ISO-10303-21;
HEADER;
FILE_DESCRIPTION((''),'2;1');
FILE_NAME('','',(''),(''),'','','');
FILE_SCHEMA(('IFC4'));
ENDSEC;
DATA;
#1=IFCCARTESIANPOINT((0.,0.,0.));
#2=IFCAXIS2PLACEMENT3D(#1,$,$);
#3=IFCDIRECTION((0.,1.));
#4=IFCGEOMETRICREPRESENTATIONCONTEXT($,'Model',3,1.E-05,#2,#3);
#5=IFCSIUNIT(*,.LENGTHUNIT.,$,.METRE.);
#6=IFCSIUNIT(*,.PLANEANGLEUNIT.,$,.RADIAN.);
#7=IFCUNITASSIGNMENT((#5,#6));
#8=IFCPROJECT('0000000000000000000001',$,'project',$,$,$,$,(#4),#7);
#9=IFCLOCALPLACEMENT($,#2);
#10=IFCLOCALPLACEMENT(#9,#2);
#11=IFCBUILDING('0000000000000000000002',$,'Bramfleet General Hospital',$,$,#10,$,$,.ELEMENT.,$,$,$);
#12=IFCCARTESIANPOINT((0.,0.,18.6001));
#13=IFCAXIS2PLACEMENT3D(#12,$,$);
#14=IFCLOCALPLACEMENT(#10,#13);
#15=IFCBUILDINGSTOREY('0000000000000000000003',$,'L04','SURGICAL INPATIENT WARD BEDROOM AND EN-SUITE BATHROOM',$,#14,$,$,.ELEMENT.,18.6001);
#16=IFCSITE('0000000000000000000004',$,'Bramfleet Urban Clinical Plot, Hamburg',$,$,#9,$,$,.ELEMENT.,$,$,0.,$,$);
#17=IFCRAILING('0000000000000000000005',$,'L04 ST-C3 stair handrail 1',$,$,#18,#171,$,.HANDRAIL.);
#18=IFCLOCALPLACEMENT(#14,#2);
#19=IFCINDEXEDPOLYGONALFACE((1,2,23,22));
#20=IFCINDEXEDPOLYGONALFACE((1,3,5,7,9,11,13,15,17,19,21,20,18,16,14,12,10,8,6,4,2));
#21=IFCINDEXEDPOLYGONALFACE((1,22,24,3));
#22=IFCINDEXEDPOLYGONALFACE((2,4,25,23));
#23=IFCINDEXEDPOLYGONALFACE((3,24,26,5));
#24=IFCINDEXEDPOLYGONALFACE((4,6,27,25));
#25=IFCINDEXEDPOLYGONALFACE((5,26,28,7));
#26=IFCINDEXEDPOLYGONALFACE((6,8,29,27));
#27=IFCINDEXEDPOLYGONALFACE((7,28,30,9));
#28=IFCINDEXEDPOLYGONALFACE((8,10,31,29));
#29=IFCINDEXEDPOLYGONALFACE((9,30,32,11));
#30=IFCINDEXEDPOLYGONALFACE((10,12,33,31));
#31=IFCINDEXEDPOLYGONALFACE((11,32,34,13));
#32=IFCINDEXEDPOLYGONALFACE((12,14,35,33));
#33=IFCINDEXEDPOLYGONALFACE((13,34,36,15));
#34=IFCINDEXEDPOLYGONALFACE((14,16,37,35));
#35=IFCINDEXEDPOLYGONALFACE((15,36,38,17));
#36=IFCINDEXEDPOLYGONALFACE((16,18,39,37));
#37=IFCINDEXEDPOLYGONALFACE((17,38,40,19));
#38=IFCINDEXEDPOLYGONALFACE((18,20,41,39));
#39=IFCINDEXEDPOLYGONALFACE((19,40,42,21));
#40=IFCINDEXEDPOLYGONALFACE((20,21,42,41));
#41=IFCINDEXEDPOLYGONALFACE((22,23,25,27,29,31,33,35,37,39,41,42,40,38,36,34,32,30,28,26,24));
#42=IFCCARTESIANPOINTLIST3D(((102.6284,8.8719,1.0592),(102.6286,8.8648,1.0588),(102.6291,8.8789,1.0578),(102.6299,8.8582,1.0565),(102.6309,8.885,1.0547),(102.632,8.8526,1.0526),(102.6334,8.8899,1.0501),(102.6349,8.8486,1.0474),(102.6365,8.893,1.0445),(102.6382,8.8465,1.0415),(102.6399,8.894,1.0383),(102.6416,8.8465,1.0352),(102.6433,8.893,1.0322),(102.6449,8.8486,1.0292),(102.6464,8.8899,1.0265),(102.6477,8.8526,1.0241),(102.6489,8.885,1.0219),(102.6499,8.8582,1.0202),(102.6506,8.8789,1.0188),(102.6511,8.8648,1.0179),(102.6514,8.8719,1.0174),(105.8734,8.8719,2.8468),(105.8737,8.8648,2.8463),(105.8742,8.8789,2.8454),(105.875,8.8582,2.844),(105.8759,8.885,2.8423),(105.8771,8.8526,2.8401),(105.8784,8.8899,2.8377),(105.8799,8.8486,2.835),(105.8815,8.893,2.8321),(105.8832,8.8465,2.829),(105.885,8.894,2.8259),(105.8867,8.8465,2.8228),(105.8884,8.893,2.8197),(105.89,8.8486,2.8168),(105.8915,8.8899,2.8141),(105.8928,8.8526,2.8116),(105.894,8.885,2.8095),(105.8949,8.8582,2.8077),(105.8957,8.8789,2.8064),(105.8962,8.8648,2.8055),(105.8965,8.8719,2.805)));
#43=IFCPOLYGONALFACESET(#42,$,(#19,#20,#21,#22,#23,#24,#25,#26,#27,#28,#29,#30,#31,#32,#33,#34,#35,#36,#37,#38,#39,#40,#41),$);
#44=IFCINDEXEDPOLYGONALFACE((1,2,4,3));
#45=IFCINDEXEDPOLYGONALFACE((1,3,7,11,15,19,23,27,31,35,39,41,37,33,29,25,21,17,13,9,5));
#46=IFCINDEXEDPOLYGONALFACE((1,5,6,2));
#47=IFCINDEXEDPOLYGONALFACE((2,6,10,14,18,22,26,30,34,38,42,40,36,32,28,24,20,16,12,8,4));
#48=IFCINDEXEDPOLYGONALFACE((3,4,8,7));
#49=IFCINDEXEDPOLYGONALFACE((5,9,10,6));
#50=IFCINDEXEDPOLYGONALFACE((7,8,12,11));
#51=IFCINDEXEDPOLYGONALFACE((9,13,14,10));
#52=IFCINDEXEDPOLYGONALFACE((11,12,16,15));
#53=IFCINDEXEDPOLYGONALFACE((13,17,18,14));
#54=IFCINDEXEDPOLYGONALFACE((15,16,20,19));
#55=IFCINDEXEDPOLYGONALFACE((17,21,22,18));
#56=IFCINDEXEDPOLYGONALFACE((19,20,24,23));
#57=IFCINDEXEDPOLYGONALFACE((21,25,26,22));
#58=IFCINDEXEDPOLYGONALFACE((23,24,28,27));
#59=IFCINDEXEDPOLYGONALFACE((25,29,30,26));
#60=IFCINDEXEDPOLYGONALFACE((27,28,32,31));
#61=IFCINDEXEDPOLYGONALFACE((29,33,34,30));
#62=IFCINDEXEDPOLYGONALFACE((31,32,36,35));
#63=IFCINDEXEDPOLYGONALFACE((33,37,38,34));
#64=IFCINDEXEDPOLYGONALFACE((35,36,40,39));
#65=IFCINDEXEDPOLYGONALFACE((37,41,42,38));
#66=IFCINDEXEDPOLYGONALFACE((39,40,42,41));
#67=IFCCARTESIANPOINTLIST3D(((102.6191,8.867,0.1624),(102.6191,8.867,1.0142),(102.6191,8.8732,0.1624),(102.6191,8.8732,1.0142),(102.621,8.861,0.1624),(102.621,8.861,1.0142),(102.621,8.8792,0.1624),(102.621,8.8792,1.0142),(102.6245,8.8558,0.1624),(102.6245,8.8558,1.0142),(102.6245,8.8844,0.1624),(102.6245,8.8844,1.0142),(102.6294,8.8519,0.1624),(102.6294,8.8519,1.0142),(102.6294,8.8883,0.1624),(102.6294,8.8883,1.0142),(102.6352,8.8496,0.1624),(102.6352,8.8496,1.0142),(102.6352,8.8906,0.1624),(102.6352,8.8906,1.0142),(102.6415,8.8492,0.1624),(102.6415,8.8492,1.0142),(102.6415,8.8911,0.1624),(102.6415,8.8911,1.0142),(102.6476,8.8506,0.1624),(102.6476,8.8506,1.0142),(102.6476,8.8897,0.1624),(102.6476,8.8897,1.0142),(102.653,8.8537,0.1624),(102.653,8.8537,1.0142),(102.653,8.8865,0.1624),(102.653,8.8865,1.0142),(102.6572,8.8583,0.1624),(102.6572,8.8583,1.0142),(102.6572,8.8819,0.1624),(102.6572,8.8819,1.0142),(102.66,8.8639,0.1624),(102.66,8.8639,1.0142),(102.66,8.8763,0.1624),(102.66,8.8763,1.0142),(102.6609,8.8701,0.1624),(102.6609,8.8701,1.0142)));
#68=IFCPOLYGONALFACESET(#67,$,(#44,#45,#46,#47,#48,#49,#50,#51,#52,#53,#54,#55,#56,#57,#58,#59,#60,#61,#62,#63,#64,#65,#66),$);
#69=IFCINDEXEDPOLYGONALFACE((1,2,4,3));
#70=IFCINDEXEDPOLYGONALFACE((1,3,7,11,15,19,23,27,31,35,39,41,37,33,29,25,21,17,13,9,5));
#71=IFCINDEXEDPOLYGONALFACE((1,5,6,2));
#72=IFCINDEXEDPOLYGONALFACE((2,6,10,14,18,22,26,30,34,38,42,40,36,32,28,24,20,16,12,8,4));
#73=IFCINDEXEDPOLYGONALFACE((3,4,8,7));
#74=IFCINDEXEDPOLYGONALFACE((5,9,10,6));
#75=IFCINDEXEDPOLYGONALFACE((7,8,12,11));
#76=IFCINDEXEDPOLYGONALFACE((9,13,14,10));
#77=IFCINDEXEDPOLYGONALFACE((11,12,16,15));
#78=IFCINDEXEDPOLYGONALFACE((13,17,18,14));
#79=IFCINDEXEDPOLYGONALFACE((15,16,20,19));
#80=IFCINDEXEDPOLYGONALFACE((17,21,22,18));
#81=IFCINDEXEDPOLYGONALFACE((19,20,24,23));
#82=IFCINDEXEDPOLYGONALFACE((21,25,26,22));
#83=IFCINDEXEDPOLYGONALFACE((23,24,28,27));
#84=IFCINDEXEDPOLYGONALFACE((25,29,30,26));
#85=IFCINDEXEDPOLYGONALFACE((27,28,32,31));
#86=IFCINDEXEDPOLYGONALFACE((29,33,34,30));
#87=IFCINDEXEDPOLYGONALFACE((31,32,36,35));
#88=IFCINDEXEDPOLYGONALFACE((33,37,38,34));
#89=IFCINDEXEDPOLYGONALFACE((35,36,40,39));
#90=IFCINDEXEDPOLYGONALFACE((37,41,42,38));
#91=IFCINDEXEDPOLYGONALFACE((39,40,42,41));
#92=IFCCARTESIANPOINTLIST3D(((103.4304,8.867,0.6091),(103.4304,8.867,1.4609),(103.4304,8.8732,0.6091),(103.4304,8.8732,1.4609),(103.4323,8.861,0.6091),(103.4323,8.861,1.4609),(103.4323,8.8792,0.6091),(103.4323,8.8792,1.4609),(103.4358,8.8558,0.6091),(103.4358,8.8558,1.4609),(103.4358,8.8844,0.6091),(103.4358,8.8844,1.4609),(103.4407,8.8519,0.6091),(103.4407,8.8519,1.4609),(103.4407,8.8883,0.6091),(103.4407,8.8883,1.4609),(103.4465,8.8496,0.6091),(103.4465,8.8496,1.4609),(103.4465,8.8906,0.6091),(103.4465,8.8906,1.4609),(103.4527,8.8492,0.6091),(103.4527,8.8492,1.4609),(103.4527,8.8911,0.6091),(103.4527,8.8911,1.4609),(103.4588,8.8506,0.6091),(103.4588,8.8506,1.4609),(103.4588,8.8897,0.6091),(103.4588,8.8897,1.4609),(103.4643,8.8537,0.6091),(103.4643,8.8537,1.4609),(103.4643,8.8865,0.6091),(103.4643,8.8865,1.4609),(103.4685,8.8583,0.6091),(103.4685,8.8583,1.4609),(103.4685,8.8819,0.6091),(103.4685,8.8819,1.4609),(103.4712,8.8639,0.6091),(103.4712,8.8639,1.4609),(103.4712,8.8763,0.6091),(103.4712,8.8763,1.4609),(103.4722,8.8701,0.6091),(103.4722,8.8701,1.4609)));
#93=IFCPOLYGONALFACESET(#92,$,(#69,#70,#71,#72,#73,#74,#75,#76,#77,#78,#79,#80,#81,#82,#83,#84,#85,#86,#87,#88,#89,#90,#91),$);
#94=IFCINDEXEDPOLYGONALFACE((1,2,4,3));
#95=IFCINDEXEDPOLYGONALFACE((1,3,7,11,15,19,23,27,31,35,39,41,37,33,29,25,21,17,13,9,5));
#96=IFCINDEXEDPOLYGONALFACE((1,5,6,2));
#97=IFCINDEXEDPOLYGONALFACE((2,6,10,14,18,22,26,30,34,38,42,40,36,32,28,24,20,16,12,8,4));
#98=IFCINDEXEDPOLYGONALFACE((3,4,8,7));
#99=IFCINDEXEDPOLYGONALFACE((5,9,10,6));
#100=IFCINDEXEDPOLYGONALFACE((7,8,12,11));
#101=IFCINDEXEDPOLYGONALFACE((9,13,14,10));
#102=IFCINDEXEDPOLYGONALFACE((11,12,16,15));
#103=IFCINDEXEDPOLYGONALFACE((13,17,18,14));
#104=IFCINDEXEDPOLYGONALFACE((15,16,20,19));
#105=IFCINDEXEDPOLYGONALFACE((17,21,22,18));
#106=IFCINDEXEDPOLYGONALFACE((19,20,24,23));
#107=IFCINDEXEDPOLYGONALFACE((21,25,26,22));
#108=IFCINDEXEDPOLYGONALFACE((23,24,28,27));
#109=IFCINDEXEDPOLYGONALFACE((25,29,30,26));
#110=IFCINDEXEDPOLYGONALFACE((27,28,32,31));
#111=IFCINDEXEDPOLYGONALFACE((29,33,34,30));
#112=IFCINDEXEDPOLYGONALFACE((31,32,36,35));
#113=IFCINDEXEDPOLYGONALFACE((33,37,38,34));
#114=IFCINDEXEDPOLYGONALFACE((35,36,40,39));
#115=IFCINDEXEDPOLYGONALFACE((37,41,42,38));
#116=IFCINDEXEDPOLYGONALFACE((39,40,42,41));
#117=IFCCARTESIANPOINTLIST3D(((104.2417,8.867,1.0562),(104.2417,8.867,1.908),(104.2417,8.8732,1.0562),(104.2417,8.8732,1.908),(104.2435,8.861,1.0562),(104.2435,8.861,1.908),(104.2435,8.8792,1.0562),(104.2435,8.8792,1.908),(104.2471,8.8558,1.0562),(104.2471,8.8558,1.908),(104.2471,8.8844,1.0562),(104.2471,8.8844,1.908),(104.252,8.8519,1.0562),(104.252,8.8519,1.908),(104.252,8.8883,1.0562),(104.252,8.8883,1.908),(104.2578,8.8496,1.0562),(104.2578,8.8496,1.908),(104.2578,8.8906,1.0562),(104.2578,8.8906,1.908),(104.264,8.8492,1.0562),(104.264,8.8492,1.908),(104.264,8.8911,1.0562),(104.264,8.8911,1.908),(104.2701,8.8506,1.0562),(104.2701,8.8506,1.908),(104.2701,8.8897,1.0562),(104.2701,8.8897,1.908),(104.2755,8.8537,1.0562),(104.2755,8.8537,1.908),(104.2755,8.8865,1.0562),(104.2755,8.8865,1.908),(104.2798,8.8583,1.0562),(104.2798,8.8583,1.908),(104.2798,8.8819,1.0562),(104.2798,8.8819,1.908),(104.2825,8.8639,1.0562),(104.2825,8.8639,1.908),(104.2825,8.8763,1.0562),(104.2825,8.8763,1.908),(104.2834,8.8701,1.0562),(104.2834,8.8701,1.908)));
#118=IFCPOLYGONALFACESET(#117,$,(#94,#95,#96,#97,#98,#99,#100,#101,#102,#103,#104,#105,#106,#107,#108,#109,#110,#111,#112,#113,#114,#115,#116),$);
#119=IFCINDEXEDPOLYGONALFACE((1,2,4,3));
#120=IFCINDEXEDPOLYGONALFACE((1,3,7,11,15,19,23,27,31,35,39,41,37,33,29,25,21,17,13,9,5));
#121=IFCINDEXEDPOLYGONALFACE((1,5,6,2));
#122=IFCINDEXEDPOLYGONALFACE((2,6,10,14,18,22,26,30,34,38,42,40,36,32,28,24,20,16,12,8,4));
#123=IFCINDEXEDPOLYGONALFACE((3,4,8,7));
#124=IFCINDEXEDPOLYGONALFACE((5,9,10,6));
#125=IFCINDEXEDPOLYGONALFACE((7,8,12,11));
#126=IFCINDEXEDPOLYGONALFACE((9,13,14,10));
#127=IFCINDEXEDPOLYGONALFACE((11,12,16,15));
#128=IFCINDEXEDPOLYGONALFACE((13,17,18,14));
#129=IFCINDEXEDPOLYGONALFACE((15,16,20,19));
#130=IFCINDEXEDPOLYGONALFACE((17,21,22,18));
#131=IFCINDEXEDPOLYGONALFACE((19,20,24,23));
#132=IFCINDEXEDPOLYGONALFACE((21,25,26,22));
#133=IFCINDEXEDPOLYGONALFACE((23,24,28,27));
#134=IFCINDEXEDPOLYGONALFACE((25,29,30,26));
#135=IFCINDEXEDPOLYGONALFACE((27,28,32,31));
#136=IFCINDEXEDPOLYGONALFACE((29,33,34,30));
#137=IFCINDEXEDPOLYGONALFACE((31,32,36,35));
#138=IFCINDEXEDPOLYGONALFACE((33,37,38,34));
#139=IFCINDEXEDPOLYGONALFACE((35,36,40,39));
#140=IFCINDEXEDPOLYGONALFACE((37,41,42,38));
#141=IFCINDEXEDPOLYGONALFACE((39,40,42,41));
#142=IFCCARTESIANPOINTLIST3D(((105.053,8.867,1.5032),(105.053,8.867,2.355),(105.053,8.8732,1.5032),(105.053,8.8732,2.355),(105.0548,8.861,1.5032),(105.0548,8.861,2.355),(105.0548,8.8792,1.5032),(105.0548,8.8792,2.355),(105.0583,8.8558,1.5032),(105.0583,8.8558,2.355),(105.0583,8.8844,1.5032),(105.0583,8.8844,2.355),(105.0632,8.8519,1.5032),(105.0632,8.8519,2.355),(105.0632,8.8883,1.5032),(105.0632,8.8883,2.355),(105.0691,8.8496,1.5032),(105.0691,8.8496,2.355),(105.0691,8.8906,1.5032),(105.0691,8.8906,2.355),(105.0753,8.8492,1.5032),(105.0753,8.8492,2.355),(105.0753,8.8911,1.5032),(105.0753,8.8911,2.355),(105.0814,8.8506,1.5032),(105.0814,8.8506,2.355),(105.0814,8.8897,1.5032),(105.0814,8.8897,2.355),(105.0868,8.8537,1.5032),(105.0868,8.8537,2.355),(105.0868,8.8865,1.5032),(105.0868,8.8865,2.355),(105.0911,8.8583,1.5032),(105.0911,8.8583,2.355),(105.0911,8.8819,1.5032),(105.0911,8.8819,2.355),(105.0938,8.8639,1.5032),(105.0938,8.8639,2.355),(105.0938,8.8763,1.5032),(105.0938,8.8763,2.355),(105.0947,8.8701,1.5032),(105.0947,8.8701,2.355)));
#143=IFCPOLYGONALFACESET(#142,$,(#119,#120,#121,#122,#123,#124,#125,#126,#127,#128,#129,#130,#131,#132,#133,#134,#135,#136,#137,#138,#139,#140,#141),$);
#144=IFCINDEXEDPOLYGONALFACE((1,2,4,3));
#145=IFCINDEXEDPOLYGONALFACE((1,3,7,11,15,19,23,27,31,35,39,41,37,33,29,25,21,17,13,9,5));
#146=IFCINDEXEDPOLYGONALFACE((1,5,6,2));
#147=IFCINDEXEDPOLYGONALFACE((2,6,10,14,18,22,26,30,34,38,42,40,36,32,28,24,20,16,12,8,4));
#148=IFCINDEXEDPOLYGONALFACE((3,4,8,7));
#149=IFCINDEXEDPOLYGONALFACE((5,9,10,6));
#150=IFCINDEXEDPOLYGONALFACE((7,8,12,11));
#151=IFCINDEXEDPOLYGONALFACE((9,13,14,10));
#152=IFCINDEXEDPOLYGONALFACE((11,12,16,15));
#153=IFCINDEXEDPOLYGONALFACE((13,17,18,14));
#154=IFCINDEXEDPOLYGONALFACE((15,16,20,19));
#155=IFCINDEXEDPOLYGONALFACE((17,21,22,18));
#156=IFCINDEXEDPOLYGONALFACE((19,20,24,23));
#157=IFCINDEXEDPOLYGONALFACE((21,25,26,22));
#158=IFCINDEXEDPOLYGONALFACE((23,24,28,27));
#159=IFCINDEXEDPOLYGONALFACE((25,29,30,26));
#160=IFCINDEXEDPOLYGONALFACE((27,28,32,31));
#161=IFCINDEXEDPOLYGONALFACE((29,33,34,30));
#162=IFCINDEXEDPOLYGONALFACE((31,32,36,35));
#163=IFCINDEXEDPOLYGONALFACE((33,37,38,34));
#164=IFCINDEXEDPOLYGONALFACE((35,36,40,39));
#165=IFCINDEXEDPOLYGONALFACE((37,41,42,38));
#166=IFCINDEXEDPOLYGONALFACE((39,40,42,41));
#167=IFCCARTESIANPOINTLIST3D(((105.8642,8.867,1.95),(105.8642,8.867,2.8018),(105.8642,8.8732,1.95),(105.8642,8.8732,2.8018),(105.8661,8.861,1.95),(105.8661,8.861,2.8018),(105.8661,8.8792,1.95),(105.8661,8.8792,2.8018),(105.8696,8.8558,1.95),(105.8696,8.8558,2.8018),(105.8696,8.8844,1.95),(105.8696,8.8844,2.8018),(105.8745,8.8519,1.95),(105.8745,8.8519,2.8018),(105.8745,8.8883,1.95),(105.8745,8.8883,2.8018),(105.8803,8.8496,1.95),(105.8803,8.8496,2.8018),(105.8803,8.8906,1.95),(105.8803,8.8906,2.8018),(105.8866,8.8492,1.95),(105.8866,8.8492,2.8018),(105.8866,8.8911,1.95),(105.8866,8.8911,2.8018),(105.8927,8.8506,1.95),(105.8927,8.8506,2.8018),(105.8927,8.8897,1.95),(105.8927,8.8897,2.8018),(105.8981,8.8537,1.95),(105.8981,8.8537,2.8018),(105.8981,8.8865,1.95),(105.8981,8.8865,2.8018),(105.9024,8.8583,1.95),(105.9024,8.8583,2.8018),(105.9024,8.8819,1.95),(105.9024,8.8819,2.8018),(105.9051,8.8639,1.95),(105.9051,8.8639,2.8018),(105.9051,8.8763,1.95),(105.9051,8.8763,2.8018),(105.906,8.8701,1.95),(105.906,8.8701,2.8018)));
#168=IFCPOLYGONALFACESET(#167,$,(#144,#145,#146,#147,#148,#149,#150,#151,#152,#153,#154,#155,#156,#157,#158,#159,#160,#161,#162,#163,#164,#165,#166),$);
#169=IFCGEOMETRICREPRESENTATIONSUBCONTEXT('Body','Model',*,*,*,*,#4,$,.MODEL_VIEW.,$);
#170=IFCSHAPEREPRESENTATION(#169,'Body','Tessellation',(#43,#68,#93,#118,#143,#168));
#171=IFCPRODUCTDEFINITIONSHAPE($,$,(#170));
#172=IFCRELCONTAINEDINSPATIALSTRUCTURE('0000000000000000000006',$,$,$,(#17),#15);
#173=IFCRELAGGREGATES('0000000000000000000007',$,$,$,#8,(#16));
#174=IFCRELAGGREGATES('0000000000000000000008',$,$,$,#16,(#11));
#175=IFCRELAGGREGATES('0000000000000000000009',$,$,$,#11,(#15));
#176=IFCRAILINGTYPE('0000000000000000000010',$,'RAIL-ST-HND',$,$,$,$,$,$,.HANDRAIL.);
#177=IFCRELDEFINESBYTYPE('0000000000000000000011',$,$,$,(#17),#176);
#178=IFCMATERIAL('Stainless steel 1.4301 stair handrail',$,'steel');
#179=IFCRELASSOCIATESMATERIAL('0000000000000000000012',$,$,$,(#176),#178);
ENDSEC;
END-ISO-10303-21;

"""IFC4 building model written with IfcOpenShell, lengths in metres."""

from ifc_helpers import new_model, si_unit, direction, frame, origin, origin_2d, place, context, subcontext, project, spatial, circle, extrude, material, type_object, element, save


model = new_model("IFC4")

# Units and contexts
model_context = context("Model", 3, precision=1e-05, world=origin(), true_north=direction((0.0, 1.0)))
body_context = subcontext(model_context, "Body", "Model", "MODEL_VIEW")
ifc_project = project(units=[si_unit("LENGTHUNIT", "METRE"), si_unit("PLANEANGLEUNIT", "RADIAN")], contexts=[model_context])

# Site, building, storey
site_placement = place(None, origin())
site = spatial("IfcSite", under=ifc_project, at=site_placement, Name="Bramfleet Urban Clinical Plot, Hamburg", CompositionType="ELEMENT", RefElevation=0.0)
building_placement = place(site_placement, origin())
building = spatial("IfcBuilding", under=site, at=building_placement, Name="Bramfleet General Hospital", CompositionType="ELEMENT")
storey_placement = place(building_placement, frame((0.0, 0.0, 18.6001)))
storey = spatial("IfcBuildingStorey", under=building, at=storey_placement, Name="L04", Description="SURGICAL INPATIENT WARD BEDROOM AND EN-SUITE BATHROOM", CompositionType="ELEMENT", Elevation=18.6001)

# Railing
ifc_material_1 = material(Name="Stainless steel 1.4301 stair handrail", Category="steel")
railing_type_1 = type_object("IfcRailingType", Name="RAIL-ST-HND", PredefinedType="HANDRAIL", material=ifc_material_1)
railing_1_placement = place(storey_placement, frame((102.6399, 8.8701, 0.1624)))
element("IfcRailing", 1, at=railing_1_placement, inside=storey, type_object=railing_type_1, Name="L04 ST-C3 stair handrail 1", PredefinedType="HANDRAIL", context=body_context, shape_type="SweptSolid", body=[
    extrude(circle(Radius=0.0239, at=origin_2d()), frame((0.0, 0.0, 0.876), z_axis=(0.875899, 0.0, 0.482495), x_axis=(0.0, 1.0, 0.0)), (0.0, 0.0, 1.0), 3.7048),
    extrude(circle(Radius=0.021, at=origin_2d()), origin(), (0.0, 0.0, 1.0), 0.8518),
    extrude(circle(Radius=0.021, at=origin_2d()), frame((0.8113, 0.0, 0.4468)), (0.0, 0.0, 1.0), 0.8518),
    extrude(circle(Radius=0.021, at=origin_2d()), frame((1.6226, 0.0, 0.8938)), (0.0, 0.0, 1.0), 0.8518),
    extrude(circle(Radius=0.021, at=origin_2d()), frame((2.4338, 0.0, 1.3408)), (0.0, 0.0, 1.0), 0.8518),
    extrude(circle(Radius=0.021, at=origin_2d()), frame((3.2451, 0.0, 1.7876)), (0.0, 0.0, 1.0), 0.8518),
])

save(model, "model.ifc")
